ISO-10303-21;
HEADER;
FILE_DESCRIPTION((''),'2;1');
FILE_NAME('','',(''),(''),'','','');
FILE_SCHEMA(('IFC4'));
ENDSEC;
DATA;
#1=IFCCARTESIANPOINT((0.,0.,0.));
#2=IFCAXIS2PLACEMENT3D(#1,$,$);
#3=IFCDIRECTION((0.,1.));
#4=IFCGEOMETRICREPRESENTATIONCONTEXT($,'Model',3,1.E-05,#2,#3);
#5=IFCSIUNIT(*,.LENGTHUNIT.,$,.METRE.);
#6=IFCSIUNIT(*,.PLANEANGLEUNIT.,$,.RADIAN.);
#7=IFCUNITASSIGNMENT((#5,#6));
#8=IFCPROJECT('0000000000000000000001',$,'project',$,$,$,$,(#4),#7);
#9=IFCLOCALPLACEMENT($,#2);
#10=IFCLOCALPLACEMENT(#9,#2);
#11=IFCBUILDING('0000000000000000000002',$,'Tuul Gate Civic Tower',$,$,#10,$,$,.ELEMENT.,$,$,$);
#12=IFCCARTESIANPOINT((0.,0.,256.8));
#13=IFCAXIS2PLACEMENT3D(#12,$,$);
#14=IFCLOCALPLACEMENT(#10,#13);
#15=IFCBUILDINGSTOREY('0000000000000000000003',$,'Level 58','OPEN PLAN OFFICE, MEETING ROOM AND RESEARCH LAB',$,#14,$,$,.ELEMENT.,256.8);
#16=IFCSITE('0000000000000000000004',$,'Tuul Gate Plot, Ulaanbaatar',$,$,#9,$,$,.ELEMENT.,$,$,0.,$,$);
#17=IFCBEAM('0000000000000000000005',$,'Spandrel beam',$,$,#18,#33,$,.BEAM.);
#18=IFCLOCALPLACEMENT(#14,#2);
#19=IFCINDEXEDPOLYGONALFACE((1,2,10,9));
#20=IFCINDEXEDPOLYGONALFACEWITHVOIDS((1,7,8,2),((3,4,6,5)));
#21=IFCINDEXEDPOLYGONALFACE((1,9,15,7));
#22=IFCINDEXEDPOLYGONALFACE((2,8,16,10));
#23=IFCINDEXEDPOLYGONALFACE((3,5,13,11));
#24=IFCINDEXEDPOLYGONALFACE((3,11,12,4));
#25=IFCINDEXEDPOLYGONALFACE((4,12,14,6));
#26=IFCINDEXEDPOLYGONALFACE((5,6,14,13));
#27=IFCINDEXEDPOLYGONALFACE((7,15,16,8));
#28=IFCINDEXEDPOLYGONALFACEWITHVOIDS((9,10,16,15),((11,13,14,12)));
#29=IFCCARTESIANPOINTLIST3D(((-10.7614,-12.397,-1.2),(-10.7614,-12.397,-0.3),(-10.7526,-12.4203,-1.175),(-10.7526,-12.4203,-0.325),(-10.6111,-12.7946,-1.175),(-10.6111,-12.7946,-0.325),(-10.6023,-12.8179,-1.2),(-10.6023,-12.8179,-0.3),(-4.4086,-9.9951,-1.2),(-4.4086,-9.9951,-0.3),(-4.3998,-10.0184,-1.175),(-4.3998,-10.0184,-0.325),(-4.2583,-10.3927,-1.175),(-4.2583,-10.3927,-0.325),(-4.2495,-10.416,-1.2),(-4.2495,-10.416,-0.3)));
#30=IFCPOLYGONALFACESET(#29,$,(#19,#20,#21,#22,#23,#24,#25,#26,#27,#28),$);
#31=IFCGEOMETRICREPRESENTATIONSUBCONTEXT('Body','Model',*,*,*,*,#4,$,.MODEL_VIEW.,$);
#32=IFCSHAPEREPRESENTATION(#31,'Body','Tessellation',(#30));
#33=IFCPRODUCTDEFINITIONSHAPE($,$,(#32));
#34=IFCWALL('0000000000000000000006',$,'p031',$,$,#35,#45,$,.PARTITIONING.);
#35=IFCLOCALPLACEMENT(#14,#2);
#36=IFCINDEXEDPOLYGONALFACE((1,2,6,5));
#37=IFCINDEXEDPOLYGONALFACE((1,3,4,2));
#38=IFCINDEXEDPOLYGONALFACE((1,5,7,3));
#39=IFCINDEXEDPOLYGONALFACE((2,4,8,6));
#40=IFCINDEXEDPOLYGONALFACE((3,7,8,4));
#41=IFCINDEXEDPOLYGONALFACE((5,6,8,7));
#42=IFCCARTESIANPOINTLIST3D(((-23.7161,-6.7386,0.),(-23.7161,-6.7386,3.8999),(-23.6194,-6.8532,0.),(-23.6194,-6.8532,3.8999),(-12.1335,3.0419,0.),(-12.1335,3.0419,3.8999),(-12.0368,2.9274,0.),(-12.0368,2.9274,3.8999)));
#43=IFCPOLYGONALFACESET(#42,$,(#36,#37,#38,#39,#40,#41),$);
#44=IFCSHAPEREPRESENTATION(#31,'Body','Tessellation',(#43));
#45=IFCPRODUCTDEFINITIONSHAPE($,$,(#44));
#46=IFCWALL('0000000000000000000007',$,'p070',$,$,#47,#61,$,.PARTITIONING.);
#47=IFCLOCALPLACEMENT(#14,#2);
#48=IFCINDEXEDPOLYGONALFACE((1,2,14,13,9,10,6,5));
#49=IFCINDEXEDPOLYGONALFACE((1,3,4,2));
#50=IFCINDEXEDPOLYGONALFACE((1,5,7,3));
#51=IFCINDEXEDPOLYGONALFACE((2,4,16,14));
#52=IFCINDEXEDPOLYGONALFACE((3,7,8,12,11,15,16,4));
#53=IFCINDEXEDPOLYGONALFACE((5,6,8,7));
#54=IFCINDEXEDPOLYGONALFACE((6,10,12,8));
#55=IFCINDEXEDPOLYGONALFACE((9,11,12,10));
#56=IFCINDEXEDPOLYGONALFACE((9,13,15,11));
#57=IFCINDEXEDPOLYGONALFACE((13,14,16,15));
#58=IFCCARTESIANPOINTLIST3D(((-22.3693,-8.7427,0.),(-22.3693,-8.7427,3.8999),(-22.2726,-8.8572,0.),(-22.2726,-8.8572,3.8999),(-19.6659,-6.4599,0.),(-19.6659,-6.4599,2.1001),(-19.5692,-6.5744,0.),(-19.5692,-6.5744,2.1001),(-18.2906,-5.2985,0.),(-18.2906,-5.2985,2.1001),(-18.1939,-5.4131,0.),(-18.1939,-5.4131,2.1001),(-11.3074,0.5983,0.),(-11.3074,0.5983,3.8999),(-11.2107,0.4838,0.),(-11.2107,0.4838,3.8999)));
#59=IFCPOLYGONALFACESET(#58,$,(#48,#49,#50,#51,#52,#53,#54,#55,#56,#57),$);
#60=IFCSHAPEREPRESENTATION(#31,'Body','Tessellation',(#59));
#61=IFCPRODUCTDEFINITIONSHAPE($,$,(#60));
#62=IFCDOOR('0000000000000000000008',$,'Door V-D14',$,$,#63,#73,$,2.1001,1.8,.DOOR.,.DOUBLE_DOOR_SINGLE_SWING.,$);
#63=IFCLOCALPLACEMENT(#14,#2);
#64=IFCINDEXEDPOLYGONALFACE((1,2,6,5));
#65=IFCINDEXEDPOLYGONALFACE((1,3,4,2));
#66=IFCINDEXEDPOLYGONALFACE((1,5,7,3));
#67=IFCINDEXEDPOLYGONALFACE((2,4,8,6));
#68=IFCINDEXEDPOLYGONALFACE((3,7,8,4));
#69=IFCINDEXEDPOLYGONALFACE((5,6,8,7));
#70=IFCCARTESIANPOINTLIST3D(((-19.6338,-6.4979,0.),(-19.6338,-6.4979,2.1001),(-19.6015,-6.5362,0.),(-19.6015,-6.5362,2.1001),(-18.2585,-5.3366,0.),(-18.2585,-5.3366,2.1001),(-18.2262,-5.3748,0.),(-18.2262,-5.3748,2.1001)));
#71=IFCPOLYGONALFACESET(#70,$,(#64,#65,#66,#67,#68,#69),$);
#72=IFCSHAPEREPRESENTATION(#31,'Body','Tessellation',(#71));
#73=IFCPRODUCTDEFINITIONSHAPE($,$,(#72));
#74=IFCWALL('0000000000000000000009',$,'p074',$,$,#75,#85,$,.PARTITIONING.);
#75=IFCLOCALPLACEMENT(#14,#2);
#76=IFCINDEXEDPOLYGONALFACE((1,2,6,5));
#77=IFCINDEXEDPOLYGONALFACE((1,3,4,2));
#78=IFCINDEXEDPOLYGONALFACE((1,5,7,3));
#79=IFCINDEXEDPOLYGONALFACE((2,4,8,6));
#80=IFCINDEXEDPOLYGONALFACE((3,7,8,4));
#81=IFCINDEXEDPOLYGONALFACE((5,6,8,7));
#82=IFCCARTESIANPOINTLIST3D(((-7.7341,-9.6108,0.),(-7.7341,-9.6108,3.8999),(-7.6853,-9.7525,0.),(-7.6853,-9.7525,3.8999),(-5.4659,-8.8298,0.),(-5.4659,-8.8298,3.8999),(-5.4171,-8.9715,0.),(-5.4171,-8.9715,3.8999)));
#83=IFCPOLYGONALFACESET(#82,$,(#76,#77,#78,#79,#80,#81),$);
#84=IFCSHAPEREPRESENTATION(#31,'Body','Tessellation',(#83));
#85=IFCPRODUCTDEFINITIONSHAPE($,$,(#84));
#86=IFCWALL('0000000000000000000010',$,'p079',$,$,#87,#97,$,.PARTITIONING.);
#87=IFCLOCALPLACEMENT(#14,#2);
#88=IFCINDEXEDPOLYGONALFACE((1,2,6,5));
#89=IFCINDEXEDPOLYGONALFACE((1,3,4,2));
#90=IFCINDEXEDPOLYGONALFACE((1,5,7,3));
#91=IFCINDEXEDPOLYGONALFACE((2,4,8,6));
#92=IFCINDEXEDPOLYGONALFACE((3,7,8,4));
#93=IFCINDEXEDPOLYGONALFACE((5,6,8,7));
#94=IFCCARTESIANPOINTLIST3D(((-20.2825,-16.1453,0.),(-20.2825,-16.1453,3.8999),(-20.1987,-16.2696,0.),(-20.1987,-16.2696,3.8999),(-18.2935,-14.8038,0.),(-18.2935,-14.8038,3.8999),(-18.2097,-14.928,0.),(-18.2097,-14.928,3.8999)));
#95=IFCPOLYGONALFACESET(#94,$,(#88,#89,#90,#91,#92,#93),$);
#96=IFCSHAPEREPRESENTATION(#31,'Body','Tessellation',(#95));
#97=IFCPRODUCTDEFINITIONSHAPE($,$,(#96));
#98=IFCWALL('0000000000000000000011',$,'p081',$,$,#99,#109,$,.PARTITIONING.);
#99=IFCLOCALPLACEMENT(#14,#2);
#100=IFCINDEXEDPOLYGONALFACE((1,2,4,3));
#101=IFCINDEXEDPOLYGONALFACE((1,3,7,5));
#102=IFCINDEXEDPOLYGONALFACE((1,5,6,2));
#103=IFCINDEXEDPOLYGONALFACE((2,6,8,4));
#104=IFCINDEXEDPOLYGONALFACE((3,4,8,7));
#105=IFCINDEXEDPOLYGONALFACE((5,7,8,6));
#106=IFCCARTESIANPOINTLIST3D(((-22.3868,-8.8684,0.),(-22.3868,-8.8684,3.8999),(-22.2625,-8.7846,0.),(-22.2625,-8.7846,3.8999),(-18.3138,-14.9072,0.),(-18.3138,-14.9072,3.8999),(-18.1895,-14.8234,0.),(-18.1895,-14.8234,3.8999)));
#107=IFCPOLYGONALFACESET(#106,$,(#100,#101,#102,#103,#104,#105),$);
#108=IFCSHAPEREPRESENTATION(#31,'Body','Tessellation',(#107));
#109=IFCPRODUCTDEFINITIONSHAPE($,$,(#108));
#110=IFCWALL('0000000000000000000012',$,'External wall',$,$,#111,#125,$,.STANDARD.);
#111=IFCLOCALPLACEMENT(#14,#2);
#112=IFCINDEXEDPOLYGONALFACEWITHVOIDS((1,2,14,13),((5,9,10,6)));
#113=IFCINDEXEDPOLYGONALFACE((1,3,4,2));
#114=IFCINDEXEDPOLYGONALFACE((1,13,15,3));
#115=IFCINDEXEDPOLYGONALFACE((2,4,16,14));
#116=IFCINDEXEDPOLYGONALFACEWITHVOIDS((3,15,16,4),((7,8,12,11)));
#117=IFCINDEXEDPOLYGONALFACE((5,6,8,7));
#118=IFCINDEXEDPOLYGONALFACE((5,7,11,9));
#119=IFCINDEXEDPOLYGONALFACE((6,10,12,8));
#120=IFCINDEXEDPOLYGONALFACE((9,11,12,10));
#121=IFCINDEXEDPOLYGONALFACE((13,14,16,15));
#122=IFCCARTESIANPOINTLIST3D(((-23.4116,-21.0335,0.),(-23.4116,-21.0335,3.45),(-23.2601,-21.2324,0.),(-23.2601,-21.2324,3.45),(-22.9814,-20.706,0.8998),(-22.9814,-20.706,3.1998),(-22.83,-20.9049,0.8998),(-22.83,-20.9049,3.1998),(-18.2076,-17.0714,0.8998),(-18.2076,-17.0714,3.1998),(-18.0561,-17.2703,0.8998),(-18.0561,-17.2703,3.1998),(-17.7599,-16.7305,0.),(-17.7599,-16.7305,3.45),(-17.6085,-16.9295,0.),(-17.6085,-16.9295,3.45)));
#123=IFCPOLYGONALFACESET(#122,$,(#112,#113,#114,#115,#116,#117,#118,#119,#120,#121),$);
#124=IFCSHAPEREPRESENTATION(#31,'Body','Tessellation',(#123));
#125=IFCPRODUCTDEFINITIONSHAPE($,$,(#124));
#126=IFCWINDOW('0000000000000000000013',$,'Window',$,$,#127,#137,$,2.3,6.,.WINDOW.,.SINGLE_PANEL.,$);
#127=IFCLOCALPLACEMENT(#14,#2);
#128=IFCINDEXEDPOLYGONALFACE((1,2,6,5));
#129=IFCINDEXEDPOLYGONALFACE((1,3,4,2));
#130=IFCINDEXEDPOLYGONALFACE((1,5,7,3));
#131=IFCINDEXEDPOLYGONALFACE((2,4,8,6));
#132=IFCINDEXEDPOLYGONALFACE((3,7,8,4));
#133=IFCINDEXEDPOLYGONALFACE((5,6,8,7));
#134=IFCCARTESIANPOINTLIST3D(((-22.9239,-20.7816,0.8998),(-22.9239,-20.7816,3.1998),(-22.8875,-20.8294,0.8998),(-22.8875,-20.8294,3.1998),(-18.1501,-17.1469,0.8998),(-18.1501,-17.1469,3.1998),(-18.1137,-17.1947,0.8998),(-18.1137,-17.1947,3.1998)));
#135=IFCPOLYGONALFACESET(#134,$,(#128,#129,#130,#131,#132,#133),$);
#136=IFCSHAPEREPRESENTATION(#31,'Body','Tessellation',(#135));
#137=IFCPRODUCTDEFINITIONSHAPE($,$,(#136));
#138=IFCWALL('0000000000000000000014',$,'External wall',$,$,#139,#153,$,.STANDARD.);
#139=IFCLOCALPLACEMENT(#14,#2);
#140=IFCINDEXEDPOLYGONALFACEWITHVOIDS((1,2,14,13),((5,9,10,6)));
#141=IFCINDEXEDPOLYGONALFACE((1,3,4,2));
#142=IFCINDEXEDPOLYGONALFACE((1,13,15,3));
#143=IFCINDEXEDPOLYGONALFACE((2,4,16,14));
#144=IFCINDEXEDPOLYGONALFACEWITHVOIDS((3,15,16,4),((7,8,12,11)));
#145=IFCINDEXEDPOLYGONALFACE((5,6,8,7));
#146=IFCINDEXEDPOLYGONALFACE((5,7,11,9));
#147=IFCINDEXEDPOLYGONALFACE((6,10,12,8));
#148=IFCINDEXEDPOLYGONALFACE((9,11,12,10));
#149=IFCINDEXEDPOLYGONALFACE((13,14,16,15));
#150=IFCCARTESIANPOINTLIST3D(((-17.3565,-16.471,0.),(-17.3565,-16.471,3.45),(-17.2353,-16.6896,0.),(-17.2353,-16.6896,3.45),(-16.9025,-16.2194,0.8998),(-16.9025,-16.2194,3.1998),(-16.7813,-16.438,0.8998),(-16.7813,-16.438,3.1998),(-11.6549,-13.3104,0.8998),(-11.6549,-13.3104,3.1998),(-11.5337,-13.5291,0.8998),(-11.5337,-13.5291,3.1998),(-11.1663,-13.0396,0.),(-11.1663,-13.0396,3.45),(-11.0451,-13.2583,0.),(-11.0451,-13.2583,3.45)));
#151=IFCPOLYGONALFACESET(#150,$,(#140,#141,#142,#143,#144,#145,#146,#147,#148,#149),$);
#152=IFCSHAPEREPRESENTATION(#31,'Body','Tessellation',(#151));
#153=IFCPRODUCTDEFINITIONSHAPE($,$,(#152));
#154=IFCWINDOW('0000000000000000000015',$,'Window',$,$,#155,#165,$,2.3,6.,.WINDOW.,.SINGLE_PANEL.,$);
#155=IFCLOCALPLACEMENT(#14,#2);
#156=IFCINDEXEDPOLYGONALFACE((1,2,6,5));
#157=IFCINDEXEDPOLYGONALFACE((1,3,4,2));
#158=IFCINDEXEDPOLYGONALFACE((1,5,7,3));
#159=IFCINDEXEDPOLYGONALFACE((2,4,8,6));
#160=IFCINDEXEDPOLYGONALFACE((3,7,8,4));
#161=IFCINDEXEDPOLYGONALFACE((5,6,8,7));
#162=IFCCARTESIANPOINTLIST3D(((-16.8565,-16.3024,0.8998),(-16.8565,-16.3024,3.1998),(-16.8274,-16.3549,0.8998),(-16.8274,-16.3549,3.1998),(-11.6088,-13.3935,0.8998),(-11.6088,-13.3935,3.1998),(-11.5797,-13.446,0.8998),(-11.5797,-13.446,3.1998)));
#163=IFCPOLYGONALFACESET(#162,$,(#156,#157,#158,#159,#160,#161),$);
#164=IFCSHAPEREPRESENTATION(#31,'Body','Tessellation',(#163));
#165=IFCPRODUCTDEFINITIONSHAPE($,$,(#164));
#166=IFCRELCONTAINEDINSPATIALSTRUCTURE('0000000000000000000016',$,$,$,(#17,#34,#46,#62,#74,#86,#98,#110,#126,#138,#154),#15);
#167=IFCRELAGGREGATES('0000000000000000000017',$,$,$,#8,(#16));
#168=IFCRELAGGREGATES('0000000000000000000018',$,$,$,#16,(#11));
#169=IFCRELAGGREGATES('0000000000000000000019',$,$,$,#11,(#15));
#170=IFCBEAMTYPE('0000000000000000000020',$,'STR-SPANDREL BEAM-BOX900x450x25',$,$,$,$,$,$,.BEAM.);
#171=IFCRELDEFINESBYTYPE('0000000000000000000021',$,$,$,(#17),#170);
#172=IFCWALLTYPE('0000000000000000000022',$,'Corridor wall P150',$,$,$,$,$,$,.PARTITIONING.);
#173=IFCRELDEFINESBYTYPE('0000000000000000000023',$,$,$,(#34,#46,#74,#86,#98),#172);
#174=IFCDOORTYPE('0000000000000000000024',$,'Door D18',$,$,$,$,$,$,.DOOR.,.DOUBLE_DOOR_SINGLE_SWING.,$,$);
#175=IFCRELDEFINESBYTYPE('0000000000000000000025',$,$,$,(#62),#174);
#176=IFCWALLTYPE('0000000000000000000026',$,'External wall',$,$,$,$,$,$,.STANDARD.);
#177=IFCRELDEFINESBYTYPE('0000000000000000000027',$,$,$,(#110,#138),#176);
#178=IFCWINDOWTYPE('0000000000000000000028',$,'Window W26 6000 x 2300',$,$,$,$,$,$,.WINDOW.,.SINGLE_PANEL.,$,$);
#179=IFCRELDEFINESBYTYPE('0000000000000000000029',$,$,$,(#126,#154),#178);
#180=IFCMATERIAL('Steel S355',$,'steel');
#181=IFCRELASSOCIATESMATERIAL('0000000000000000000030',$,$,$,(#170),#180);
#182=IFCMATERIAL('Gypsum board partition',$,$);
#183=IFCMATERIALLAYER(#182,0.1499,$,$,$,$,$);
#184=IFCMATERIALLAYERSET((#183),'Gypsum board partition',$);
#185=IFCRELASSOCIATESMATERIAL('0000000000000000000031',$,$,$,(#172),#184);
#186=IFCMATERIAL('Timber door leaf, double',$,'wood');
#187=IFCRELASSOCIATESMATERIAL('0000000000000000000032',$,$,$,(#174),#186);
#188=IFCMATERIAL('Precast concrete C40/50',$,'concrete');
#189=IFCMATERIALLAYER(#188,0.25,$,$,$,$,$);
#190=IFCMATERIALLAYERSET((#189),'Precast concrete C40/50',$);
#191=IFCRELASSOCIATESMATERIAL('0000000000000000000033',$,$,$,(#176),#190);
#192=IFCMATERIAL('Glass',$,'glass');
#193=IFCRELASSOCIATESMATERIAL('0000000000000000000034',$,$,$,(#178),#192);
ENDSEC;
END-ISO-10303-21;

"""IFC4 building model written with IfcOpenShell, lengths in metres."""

from ifc_helpers import new_model, si_unit, direction, frame, frame_2d, origin, origin_2d, place, context, subcontext, project, spatial, rectangle, hollow_rectangle, extrude, material, layer, layer_set, material_profile, profile_set, type_object, element, fill, save


model = new_model("IFC4")

# Units and contexts
model_context = context("Model", 3, precision=1e-05, world=origin(), true_north=direction((0.0, 1.0)))
body_context = subcontext(model_context, "Body", "Model", "MODEL_VIEW")
ifc_project = project(units=[si_unit("LENGTHUNIT", "METRE"), si_unit("PLANEANGLEUNIT", "RADIAN")], contexts=[model_context])

# Site, building, storey
site_placement = place(None, origin())
site = spatial("IfcSite", under=ifc_project, at=site_placement, Name="Tuul Gate Plot, Ulaanbaatar", CompositionType="ELEMENT", RefElevation=0.0)
building_placement = place(site_placement, origin())
building = spatial("IfcBuilding", under=site, at=building_placement, Name="Tuul Gate Civic Tower", CompositionType="ELEMENT")
storey_placement = place(building_placement, frame((0.0, 0.0, 256.8)))
storey = spatial("IfcBuildingStorey", under=building, at=storey_placement, Name="Level 58", Description="OPEN PLAN OFFICE, MEETING ROOM AND RESEARCH LAB", CompositionType="ELEMENT", Elevation=256.8)

# Beam
ifc_material_1 = material(Name="Steel S355", Category="steel")
ifc_material_profile_1 = material_profile(ifc_material_1, hollow_rectangle(XDim=0.45, YDim=0.8999, WallThickness=0.0249, at=origin_2d()), Name="BOX900x450x25")
ifc_profile_set_1 = profile_set([ifc_material_profile_1], Name="Steel S355")
beam_type_1 = type_object("IfcBeamType", Name="STR-SPANDREL BEAM-BOX900x450x25", PredefinedType="BEAM", material=ifc_profile_set_1)
beam_1_placement = place(storey_placement, frame((-10.6819, -12.6074, -0.75), z_axis=(0.935379, 0.353647, 0.0), x_axis=(-0.353647, 0.935379, 0.0)))
element("IfcBeam", 1, at=beam_1_placement, inside=storey, type_object=beam_type_1, Name="Spandrel beam", PredefinedType="BEAM", context=body_context, shape_type="SweptSolid", body=[
    extrude(hollow_rectangle(XDim=0.45, YDim=0.8999, WallThickness=0.0249, at=origin_2d()), origin(), (0.0, 0.0, 1.0), 6.7917),
])

# Wall
ifc_material_2 = material(Name="Gypsum board partition")
ifc_layer_1 = layer(ifc_material_2, 0.1499)
ifc_layer_set_1 = layer_set([ifc_layer_1], Name="Gypsum board partition")
wall_type_1 = type_object("IfcWallType", Name="Corridor wall P150", PredefinedType="PARTITIONING", material=ifc_layer_set_1)
wall_1_placement = place(storey_placement, frame((-23.6677, -6.7959, 0.0), z_axis=(0.0, 0.0, 1.0), x_axis=(0.764039, 0.64517, 0.0)))
element("IfcWall", 2, at=wall_1_placement, inside=storey, type_object=wall_type_1, Name="p031", PredefinedType="PARTITIONING", context=body_context, shape_type="SweptSolid", body=[
    extrude(rectangle(XDim=15.1597, YDim=0.1499, at=frame_2d((7.5798, 0.0))), origin(), (0.0, 0.0, 1.0), 3.8999),
])

# Wall, opening, door
wall_2_placement = place(storey_placement, frame((-22.321, -8.8, 0.0), z_axis=(0.0, 0.0, 1.0), x_axis=(0.764036, 0.645173, 0.0)))
wall_2 = element("IfcWall", 3, at=wall_2_placement, inside=storey, type_object=wall_type_1, Name="p070", PredefinedType="PARTITIONING", context=body_context, shape_type="SweptSolid", body=[
    extrude(rectangle(XDim=14.4783, YDim=0.1499, at=frame_2d((7.2393, 0.0))), origin(), (0.0, 0.0, 1.0), 3.8999),
])
opening_1_placement = place(wall_2_placement, frame((3.5386, 0.0, 0.0)))
opening_1 = element("IfcOpeningElement", 4, at=opening_1_placement, cuts=wall_2, PredefinedType="OPENING", context=body_context, shape_type="SweptSolid", body=[
    extrude(rectangle(XDim=1.8, YDim=2.1001, at=frame_2d((0.8999, 1.05))), frame((0.0, 0.085, 0.0), z_axis=(0.0, -1.0, 0.0), x_axis=(1.0, 0.0, 0.0)), (0.0, 0.0, 1.0), 0.1699),
])
ifc_material_3 = material(Name="Timber door leaf, double", Category="wood")
door_type = type_object("IfcDoorType", Name="Door D18", OperationType="DOUBLE_DOOR_SINGLE_SWING", PredefinedType="DOOR", material=ifc_material_3)
door_placement = place(opening_1_placement, frame((1.8, 0.0, 0.0), z_axis=(0.0, 0.0, 1.0), x_axis=(-1.0, 0.0, 0.0)))
door = element("IfcDoor", 5, at=door_placement, inside=storey, type_object=door_type, Name="Door V-D14", OperationType="DOUBLE_DOOR_SINGLE_SWING", OverallHeight=2.1001, OverallWidth=1.8, PredefinedType="DOOR", context=body_context, shape_type="SweptSolid", body=[
    extrude(rectangle(XDim=1.8, YDim=2.1001, at=frame_2d((0.9001, 1.05))), frame((0.0, 0.0249, 0.0), z_axis=(0.0, -1.0, 0.0), x_axis=(1.0, 0.0, 0.0)), (0.0, 0.0, 1.0), 0.05),
])
fill(opening_1, door)

# Walls
wall_3_placement = place(storey_placement, frame((-7.7097, -9.6816, 0.0), z_axis=(0.0, 0.0, 1.0), x_axis=(0.945523, 0.325555, 0.0)))
element("IfcWall", 6, at=wall_3_placement, inside=storey, type_object=wall_type_1, Name="p074", PredefinedType="PARTITIONING", context=body_context, shape_type="SweptSolid", body=[
    extrude(rectangle(XDim=2.3989, YDim=0.1499, at=frame_2d((1.1995, 0.0))), origin(), (0.0, 0.0, 1.0), 3.8999),
])
wall_4_placement = place(storey_placement, frame((-20.2407, -16.2075, 0.0), z_axis=(0.0, 0.0, 1.0), x_axis=(0.829048, 0.559177, 0.0)))
element("IfcWall", 7, at=wall_4_placement, inside=storey, type_object=wall_type_1, Name="p079", PredefinedType="PARTITIONING", context=body_context, shape_type="SweptSolid", body=[
    extrude(rectangle(XDim=2.3992, YDim=0.1499, at=frame_2d((1.1997, 0.0))), origin(), (0.0, 0.0, 1.0), 3.8999),
])
wall_5_placement = place(storey_placement, frame((-22.3247, -8.8264, 0.0), z_axis=(0.0, 0.0, 1.0), x_axis=(0.559171, -0.829053, 0.0)))
element("IfcWall", 8, at=wall_5_placement, inside=storey, type_object=wall_type_1, Name="p081", PredefinedType="PARTITIONING", context=body_context, shape_type="SweptSolid", body=[
    extrude(rectangle(XDim=7.2839, YDim=0.1499, at=frame_2d((3.6421, 0.0))), origin(), (0.0, 0.0, 1.0), 3.8999),
])

# Walls, openings, windows
ifc_material_4 = material(Name="Precast concrete C40/50", Category="concrete")
ifc_layer_2 = layer(ifc_material_4, 0.25)
ifc_layer_set_2 = layer_set([ifc_layer_2], Name="Precast concrete C40/50")
wall_type_2 = type_object("IfcWallType", Name="External wall", PredefinedType="STANDARD", material=ifc_layer_set_2)
wall_6_placement = place(storey_placement, frame((-23.3359, -21.1331, 0.0), z_axis=(0.0, 0.0, 1.0), x_axis=(0.795636, 0.605775, 0.0)))
wall_6 = element("IfcWall", 9, at=wall_6_placement, inside=storey, type_object=wall_type_2, Name="External wall", PredefinedType="STANDARD", context=body_context, shape_type="SweptSolid", body=[
    extrude(rectangle(XDim=7.1033, YDim=0.25, at=frame_2d((3.5518, 0.0))), origin(), (0.0, 0.0, 1.0), 3.45),
])
opening_2_placement = place(wall_6_placement, frame((0.5408, 0.0, 0.8999)))
opening_2 = element("IfcOpeningElement", 10, at=opening_2_placement, cuts=wall_6, PredefinedType="OPENING", context=body_context, shape_type="SweptSolid", body=[
    extrude(rectangle(XDim=6.0, YDim=2.3, at=frame_2d((3.0, 1.1499))), frame((0.0, 0.135, 0.0), z_axis=(0.0, -1.0, 0.0), x_axis=(1.0, 0.0, 0.0)), (0.0, 0.0, 1.0), 0.27),
])
ifc_material_5 = material(Name="Glass", Category="glass")
window_type = type_object("IfcWindowType", Name="Window W26 6000 x 2300", PartitioningType="SINGLE_PANEL", PredefinedType="WINDOW", material=ifc_material_5)
window_1_placement = place(opening_2_placement, origin())
window_1 = element("IfcWindow", 11, at=window_1_placement, inside=storey, type_object=window_type, Name="Window", OverallHeight=2.3, OverallWidth=6.0, PartitioningType="SINGLE_PANEL", PredefinedType="WINDOW", context=body_context, shape_type="SweptSolid", body=[
    extrude(rectangle(XDim=6.0, YDim=2.3, at=frame_2d((3.0, 1.1499))), frame((0.0, 0.03, 0.0), z_axis=(0.0, -1.0, 0.0), x_axis=(1.0, 0.0, 0.0)), (0.0, 0.0, 1.0), 0.0601),
])
fill(opening_2, window_1)
wall_7_placement = place(storey_placement, frame((-17.2959, -16.5803, 0.0), z_axis=(0.0, 0.0, 1.0), x_axis=(0.874612, 0.484823, 0.0)))
wall_7 = element("IfcWall", 12, at=wall_7_placement, inside=storey, type_object=wall_type_2, Name="External wall", PredefinedType="STANDARD", context=body_context, shape_type="SweptSolid", body=[
    extrude(rectangle(XDim=7.0776, YDim=0.25, at=frame_2d((3.5388, 0.0))), origin(), (0.0, 0.0, 1.0), 3.45),
])
opening_3_placement = place(wall_7_placement, frame((0.519, 0.0, 0.8999)))
opening_3 = element("IfcOpeningElement", 13, at=opening_3_placement, cuts=wall_7, PredefinedType="OPENING", context=body_context, shape_type="SweptSolid", body=[
    extrude(rectangle(XDim=6.0, YDim=2.3, at=frame_2d((3.0, 1.1499))), frame((0.0, 0.135, 0.0), z_axis=(0.0, -1.0, 0.0), x_axis=(1.0, 0.0, 0.0)), (0.0, 0.0, 1.0), 0.27),
])
window_2_placement = place(opening_3_placement, origin())
window_2 = element("IfcWindow", 14, at=window_2_placement, inside=storey, type_object=window_type, Name="Window", OverallHeight=2.3, OverallWidth=6.0, PartitioningType="SINGLE_PANEL", PredefinedType="WINDOW", context=body_context, shape_type="SweptSolid", body=[
    extrude(rectangle(XDim=6.0, YDim=2.3, at=frame_2d((3.0, 1.1499))), frame((0.0, 0.03, 0.0), z_axis=(0.0, -1.0, 0.0), x_axis=(1.0, 0.0, 0.0)), (0.0, 0.0, 1.0), 0.0601),
])
fill(opening_3, window_2)

save(model, "model.ifc")
